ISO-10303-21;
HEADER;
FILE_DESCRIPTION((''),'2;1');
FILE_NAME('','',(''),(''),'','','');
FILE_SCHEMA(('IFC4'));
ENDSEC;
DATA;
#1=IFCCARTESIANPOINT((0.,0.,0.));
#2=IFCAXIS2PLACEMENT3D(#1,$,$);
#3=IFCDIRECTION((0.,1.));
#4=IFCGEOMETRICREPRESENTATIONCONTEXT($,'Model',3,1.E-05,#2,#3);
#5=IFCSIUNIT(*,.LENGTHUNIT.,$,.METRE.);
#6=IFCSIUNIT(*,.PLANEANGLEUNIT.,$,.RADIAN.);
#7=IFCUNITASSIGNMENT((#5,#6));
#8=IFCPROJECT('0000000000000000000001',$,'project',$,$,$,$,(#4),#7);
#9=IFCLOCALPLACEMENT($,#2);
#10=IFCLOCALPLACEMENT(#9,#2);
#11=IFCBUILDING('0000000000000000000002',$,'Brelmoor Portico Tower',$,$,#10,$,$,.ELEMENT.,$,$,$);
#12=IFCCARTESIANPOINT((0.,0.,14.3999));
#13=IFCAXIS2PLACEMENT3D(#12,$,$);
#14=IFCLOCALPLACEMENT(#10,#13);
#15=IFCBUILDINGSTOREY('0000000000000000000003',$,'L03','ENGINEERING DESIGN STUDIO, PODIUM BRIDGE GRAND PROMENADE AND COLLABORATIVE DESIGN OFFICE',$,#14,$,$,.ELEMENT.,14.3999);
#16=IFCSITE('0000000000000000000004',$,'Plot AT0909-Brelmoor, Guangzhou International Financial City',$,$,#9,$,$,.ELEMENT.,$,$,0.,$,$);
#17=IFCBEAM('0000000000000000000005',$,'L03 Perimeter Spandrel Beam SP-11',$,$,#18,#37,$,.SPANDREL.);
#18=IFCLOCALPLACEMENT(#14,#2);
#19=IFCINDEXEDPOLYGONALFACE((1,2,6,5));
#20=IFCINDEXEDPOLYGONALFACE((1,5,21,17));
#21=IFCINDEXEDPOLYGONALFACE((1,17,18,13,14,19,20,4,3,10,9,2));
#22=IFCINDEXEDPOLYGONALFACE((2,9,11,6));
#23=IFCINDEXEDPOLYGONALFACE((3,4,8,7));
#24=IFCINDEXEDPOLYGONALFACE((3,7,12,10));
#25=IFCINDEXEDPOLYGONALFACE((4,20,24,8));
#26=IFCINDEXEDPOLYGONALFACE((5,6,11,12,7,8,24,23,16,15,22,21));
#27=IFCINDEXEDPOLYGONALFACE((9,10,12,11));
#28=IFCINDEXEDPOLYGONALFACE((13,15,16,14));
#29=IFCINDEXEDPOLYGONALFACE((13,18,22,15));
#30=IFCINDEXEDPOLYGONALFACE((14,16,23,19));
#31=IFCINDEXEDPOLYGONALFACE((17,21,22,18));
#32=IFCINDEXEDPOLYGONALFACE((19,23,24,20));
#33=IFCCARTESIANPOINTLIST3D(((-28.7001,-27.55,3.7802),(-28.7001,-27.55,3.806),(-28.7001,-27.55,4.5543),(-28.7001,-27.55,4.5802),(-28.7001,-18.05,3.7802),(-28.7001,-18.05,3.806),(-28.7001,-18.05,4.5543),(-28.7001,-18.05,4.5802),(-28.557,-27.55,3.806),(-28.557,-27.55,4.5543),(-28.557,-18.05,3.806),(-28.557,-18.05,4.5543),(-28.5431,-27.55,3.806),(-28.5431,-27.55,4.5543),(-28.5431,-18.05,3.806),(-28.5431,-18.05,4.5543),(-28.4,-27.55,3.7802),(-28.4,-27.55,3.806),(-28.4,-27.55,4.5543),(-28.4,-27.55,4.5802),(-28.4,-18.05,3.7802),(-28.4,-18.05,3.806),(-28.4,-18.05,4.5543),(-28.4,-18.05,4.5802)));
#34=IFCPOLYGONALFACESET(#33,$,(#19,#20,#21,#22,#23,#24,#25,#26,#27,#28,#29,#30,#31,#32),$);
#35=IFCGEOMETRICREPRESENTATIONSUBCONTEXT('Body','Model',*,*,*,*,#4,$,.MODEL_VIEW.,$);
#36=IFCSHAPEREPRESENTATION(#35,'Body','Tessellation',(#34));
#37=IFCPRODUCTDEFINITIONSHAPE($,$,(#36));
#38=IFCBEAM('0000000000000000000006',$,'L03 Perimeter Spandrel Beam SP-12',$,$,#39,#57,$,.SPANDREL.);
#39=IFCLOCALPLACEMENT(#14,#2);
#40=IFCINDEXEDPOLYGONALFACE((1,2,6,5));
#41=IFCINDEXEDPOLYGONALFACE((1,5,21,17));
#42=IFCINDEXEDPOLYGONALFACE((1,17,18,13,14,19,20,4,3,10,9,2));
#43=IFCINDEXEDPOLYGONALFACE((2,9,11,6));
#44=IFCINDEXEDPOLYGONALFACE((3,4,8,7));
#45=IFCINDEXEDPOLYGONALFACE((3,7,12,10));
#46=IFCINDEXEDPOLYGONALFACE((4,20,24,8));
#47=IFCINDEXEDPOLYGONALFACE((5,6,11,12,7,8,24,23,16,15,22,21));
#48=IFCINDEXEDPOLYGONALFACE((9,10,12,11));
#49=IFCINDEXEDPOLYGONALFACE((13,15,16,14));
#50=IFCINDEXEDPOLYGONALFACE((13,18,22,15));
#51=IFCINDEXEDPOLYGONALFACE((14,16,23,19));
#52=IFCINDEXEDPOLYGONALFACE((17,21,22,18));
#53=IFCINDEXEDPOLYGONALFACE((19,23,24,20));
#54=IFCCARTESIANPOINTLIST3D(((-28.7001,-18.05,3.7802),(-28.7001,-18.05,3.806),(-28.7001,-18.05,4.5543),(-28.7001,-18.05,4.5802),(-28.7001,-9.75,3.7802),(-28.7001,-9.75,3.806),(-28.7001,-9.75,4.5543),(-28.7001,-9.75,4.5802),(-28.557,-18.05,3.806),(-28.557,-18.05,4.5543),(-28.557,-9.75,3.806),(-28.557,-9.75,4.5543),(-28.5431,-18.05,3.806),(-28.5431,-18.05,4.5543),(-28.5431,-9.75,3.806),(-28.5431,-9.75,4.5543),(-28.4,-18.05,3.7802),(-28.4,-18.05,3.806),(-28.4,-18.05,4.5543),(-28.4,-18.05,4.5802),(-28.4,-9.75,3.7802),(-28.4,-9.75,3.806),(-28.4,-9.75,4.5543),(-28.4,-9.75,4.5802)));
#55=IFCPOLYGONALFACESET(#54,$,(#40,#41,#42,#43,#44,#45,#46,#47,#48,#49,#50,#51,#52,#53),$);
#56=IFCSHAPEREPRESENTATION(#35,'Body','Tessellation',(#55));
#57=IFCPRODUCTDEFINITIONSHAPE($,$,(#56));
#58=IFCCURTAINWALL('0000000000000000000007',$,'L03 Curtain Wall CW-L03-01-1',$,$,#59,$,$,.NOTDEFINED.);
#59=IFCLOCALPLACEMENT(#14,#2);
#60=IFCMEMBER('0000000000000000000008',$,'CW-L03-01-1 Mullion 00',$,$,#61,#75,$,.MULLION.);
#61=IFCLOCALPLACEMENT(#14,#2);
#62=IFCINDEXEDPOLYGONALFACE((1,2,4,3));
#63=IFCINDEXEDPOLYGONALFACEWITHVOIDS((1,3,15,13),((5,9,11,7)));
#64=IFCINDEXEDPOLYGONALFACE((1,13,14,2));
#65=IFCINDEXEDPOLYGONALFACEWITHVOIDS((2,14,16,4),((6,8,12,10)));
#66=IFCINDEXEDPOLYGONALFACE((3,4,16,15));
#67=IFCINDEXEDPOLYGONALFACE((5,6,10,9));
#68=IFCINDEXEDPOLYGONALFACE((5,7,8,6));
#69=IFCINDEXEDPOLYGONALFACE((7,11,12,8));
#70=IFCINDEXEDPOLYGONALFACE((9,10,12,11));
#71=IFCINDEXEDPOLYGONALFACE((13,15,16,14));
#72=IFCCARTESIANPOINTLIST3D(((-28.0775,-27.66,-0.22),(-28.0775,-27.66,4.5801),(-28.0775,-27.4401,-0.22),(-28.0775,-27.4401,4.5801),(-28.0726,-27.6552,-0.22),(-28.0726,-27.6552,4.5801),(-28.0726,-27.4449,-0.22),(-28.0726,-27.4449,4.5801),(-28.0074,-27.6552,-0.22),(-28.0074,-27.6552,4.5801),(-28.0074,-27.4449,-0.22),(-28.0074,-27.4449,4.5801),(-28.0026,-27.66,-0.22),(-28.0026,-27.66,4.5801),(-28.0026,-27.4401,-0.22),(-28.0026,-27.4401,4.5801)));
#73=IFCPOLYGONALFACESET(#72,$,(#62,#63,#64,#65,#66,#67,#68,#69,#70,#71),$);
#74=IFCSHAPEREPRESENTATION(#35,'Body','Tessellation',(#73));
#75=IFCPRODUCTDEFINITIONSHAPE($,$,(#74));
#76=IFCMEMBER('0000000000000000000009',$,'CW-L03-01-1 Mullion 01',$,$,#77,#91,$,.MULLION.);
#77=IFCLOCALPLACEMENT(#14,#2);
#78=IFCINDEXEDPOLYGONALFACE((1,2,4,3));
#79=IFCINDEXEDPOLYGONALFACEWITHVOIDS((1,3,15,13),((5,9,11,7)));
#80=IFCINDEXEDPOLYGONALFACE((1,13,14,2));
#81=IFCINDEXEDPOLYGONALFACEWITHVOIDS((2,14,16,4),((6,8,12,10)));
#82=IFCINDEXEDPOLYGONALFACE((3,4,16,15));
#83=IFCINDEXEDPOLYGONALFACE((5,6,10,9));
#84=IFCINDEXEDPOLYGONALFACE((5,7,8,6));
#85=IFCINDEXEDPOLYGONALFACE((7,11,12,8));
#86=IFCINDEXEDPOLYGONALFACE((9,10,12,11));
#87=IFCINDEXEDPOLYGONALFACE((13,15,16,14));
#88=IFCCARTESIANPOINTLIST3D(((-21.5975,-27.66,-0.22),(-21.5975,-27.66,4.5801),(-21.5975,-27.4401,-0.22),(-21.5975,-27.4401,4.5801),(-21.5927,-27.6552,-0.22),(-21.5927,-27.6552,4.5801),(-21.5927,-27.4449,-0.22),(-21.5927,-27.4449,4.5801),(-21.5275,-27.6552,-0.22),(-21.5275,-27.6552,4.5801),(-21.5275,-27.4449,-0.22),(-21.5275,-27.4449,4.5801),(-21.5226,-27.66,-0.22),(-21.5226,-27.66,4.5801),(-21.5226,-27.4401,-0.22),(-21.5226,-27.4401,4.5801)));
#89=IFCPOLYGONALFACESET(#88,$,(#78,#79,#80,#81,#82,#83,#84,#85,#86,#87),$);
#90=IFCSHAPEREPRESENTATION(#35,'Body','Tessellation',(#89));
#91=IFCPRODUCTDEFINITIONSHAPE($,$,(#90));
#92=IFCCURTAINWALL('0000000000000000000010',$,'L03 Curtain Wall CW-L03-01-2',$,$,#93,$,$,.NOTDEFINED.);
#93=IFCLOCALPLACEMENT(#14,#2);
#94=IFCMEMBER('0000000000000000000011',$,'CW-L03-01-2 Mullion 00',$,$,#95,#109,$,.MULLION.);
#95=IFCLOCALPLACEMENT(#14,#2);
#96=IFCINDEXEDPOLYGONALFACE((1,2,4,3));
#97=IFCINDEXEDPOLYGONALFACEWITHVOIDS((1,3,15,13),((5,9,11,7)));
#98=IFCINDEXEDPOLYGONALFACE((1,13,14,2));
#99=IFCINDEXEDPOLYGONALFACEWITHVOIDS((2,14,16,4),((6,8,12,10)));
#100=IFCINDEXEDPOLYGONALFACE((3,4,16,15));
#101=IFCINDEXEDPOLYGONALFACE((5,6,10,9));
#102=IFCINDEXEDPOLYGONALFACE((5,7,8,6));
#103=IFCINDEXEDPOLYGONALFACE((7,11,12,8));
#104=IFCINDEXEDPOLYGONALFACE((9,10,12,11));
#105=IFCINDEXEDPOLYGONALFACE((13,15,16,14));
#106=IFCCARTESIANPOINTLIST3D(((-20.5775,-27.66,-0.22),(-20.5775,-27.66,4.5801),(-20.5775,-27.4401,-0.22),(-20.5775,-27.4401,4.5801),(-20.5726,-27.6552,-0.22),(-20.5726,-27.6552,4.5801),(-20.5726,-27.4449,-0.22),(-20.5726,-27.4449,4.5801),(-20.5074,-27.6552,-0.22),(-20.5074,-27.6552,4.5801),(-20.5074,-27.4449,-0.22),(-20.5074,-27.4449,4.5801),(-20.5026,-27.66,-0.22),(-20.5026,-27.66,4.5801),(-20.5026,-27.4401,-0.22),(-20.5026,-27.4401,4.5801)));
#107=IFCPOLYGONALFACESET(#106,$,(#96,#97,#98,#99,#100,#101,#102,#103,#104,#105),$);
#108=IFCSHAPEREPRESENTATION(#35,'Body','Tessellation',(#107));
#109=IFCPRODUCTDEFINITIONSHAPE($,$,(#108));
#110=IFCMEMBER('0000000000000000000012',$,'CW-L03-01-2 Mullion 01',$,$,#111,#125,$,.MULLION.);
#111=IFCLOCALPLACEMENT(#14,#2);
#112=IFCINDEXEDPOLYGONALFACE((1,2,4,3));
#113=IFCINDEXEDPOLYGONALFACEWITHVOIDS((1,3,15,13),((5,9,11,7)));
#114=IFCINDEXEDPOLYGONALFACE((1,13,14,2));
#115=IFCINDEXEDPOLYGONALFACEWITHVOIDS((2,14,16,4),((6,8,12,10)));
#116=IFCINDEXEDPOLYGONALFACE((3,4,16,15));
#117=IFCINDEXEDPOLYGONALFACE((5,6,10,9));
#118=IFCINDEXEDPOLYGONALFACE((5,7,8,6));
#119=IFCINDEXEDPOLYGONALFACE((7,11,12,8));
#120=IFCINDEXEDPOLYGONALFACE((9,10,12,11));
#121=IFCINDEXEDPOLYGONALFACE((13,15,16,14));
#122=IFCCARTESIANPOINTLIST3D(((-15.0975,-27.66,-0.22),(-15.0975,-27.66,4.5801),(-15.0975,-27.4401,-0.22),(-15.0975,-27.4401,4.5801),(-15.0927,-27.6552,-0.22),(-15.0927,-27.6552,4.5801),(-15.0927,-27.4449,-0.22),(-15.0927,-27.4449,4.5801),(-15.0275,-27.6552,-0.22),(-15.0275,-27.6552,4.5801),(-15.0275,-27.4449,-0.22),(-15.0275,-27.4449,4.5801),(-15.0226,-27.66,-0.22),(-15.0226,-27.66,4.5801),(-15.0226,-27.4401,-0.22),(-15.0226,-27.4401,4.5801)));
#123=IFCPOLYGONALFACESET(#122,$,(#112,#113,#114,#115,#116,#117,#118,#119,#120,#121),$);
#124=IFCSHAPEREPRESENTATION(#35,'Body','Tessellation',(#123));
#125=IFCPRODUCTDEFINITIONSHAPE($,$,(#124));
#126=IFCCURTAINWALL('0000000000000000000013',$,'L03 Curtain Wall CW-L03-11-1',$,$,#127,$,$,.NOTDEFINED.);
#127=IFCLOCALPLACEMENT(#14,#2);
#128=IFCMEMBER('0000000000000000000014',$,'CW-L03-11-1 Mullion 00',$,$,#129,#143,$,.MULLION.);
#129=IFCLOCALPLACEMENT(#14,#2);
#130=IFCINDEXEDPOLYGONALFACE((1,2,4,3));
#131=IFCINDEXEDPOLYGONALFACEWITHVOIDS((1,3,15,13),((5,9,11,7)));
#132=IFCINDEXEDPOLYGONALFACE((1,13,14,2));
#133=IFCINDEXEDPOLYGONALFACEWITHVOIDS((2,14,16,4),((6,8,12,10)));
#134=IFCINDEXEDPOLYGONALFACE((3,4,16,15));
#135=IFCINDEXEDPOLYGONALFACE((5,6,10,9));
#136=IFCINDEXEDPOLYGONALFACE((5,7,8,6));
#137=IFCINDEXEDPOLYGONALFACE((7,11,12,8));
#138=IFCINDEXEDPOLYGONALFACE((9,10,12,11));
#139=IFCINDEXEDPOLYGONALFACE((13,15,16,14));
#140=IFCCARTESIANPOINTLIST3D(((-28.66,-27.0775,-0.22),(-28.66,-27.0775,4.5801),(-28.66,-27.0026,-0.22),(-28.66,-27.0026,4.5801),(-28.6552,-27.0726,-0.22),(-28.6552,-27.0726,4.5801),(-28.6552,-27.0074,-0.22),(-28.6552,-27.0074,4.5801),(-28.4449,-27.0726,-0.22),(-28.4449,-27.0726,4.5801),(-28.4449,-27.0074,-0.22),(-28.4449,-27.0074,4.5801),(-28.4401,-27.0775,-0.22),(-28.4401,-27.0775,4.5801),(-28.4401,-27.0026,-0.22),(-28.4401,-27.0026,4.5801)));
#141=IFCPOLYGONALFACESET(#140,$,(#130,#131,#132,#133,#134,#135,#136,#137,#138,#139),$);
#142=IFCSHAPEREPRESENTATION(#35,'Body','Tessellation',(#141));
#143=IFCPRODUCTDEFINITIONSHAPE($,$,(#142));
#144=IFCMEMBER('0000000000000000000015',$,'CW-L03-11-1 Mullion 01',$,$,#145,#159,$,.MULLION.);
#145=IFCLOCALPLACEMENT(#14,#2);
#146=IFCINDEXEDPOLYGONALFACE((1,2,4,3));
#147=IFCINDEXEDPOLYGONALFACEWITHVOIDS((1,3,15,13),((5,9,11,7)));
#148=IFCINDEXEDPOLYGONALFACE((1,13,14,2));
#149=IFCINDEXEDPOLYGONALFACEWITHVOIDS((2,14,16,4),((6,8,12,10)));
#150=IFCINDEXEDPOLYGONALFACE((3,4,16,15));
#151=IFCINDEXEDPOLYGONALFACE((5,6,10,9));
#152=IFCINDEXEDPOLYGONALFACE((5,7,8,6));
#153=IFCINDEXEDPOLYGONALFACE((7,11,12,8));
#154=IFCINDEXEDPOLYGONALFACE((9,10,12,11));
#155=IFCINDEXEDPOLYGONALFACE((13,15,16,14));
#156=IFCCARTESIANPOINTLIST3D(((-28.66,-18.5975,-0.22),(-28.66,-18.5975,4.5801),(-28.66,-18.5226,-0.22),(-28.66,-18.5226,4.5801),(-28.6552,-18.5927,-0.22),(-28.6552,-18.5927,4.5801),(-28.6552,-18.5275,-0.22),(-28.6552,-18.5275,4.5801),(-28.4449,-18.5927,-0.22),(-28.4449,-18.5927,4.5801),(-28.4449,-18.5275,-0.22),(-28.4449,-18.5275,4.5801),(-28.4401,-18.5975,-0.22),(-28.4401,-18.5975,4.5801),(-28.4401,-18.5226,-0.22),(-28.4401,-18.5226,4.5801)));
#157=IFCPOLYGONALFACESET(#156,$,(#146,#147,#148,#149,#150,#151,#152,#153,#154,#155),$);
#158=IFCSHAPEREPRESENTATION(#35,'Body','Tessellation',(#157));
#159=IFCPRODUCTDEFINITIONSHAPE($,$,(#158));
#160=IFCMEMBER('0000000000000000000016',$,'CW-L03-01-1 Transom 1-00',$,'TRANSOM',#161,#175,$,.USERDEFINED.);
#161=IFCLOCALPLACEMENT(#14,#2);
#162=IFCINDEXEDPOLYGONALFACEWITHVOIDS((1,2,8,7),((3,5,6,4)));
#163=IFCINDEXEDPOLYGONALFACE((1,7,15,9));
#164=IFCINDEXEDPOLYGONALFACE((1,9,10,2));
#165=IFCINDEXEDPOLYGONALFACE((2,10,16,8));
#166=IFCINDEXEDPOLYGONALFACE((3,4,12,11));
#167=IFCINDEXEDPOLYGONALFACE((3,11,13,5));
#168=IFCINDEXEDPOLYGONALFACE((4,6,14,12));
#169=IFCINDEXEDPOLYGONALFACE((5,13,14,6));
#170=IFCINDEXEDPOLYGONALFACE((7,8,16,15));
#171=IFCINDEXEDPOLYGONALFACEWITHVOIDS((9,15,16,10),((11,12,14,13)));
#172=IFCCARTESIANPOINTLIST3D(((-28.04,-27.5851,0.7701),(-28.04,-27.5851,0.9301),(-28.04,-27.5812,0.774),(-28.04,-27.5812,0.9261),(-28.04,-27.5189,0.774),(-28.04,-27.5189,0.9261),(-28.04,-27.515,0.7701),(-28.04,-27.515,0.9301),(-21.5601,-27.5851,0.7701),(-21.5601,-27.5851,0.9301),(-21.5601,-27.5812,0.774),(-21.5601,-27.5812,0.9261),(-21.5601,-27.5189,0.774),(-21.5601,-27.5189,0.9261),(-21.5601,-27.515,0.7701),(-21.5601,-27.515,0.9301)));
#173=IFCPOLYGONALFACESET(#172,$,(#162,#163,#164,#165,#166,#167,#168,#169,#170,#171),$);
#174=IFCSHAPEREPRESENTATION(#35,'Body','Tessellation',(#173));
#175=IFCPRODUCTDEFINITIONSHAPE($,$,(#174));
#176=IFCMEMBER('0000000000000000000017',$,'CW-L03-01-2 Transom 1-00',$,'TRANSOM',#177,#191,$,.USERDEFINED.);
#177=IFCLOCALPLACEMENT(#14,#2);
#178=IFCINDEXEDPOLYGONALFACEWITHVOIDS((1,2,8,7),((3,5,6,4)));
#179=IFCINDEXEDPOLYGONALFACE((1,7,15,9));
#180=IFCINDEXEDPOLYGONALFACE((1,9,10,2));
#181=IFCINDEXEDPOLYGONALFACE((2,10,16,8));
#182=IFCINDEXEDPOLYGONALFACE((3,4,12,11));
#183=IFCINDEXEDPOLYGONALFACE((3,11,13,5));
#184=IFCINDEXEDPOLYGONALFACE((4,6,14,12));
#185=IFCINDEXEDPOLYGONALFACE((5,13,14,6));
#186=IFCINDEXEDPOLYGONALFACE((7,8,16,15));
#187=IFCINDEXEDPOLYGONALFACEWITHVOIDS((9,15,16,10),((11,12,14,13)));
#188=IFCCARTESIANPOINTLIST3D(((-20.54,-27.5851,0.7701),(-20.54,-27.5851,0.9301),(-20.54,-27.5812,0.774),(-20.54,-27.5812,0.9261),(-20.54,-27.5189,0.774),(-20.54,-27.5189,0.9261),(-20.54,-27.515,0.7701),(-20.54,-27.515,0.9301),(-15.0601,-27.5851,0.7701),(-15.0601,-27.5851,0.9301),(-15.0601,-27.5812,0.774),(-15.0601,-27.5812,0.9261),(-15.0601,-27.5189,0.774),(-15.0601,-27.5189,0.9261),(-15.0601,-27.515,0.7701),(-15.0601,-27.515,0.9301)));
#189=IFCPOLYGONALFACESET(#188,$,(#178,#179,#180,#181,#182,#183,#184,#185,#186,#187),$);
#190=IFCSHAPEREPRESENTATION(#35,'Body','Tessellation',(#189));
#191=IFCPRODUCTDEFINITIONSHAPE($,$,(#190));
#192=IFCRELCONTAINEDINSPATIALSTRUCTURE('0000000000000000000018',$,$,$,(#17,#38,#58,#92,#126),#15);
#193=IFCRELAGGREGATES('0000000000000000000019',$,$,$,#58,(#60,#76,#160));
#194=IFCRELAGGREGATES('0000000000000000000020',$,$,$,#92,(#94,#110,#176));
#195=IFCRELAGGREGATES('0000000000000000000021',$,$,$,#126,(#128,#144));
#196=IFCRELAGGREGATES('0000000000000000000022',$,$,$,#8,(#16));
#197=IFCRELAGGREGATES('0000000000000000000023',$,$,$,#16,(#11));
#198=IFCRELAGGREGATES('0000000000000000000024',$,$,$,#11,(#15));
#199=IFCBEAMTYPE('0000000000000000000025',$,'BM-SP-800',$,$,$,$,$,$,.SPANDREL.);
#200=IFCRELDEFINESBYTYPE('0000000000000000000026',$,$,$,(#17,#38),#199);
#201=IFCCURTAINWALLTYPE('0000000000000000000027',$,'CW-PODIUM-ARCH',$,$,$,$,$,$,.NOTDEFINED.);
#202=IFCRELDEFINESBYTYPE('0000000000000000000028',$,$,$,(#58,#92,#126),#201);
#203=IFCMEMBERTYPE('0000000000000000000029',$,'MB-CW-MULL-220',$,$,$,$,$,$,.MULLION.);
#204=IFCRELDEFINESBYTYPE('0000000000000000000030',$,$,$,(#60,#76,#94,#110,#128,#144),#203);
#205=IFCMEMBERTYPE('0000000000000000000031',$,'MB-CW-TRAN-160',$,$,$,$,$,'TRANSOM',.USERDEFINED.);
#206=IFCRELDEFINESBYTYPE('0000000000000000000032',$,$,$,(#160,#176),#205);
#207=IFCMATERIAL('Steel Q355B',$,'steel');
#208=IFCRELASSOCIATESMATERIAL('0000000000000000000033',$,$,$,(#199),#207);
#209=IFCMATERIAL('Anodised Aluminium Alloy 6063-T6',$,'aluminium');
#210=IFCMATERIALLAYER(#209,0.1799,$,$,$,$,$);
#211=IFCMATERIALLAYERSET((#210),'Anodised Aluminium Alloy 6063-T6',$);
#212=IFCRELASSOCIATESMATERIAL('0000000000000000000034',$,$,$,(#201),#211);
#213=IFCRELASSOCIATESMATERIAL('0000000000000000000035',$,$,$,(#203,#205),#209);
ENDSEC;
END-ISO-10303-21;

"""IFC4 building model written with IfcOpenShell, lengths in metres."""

from ifc_helpers import new_model, si_unit, direction, frame, origin, origin_2d, place, context, subcontext, project, spatial, hollow_rectangle, i_section, extrude, material, layer, layer_set, material_profile, profile_set, type_object, element, aggregate, save


model = new_model("IFC4")

# Units and contexts
model_context = context("Model", 3, precision=1e-05, world=origin(), true_north=direction((0.0, 1.0)))
body_context = subcontext(model_context, "Body", "Model", "MODEL_VIEW")
ifc_project = project(units=[si_unit("LENGTHUNIT", "METRE"), si_unit("PLANEANGLEUNIT", "RADIAN")], contexts=[model_context])

# Site, building, storey
site_placement = place(None, origin())
site = spatial("IfcSite", under=ifc_project, at=site_placement, Name="Plot AT0909-Brelmoor, Guangzhou International Financial City", CompositionType="ELEMENT", RefElevation=0.0)
building_placement = place(site_placement, origin())
building = spatial("IfcBuilding", under=site, at=building_placement, Name="Brelmoor Portico Tower", CompositionType="ELEMENT")
storey_placement = place(building_placement, frame((0.0, 0.0, 14.3999)))
storey = spatial("IfcBuildingStorey", under=building, at=storey_placement, Name="L03", Description="ENGINEERING DESIGN STUDIO, PODIUM BRIDGE GRAND PROMENADE AND COLLABORATIVE DESIGN OFFICE", CompositionType="ELEMENT", Elevation=14.3999)

# Shared definitions
ifc_material_1 = material(Name="Steel Q355B", Category="steel")

# Beams
ifc_material_profile_1 = material_profile(ifc_material_1, i_section(OverallWidth=0.3, OverallDepth=0.8, WebThickness=0.0139, FlangeThickness=0.0259, at=origin_2d()), Name="HN 800x300x14x26")
ifc_profile_set_1 = profile_set([ifc_material_profile_1], Name="Steel Q355B")
beam_type_1 = type_object("IfcBeamType", Name="BM-SP-800", PredefinedType="SPANDREL", material=ifc_profile_set_1)
beam_1_placement = place(storey_placement, frame((-28.55, -27.55, 4.1802), z_axis=(0.0, 1.0, 0.0), x_axis=(-1.0, 0.0, 0.0)))
element("IfcBeam", 1, at=beam_1_placement, inside=storey, type_object=beam_type_1, Name="L03 Perimeter Spandrel Beam SP-11", PredefinedType="SPANDREL", context=body_context, shape_type="SweptSolid", body=[
    extrude(i_section(OverallWidth=0.3, OverallDepth=0.8, WebThickness=0.0139, FlangeThickness=0.0259, at=origin_2d()), origin(), (0.0, 0.0, 1.0), 9.5),
])
beam_2_placement = place(storey_placement, frame((-28.55, -18.05, 4.1802), z_axis=(0.0, 1.0, 0.0), x_axis=(-1.0, 0.0, 0.0)))
element("IfcBeam", 2, at=beam_2_placement, inside=storey, type_object=beam_type_1, Name="L03 Perimeter Spandrel Beam SP-12", PredefinedType="SPANDREL", context=body_context, shape_type="SweptSolid", body=[
    extrude(i_section(OverallWidth=0.3, OverallDepth=0.8, WebThickness=0.0139, FlangeThickness=0.0259, at=origin_2d()), origin(), (0.0, 0.0, 1.0), 8.3),
])

# Curtain walls, members
ifc_material_2 = material(Name="Anodised Aluminium Alloy 6063-T6", Category="aluminium")
ifc_layer_1 = layer(ifc_material_2, 0.1799)
ifc_layer_set_1 = layer_set([ifc_layer_1], Name="Anodised Aluminium Alloy 6063-T6")
curtain_wall_type = type_object("IfcCurtainWallType", Name="CW-PODIUM-ARCH", PredefinedType="NOTDEFINED", material=ifc_layer_set_1)
curtain_wall_1_placement = place(storey_placement, origin())
curtain_wall_1 = element("IfcCurtainWall", 3, at=curtain_wall_1_placement, inside=storey, type_object=curtain_wall_type, Name="L03 Curtain Wall CW-L03-01-1", PredefinedType="NOTDEFINED")
ifc_material_profile_2 = material_profile(ifc_material_2, hollow_rectangle(XDim=0.075, YDim=0.22, WallThickness=0.0049, at=origin_2d()), Name="ALU MULLION 75x220")
ifc_profile_set_2 = profile_set([ifc_material_profile_2], Name="Anodised Aluminium Alloy 6063-T6")
member_type_1 = type_object("IfcMemberType", Name="MB-CW-MULL-220", PredefinedType="MULLION", material=ifc_profile_set_2)
member_1_placement = place(storey_placement, frame((-28.04, -27.55, -0.22), z_axis=(0.0, 0.0, 1.0), x_axis=(1.0, 0.0, 0.0)))
member_1 = element("IfcMember", 4, at=member_1_placement, type_object=member_type_1, Name="CW-L03-01-1 Mullion 00", PredefinedType="MULLION", context=body_context, shape_type="SweptSolid", body=[
    extrude(hollow_rectangle(XDim=0.075, YDim=0.22, WallThickness=0.0049, at=origin_2d()), origin(), (0.0, 0.0, 1.0), 4.8),
])
member_2_placement = place(storey_placement, frame((-21.5601, -27.55, -0.22), z_axis=(0.0, 0.0, 1.0), x_axis=(1.0, 0.0, 0.0)))
member_2 = element("IfcMember", 5, at=member_2_placement, type_object=member_type_1, Name="CW-L03-01-1 Mullion 01", PredefinedType="MULLION", context=body_context, shape_type="SweptSolid", body=[
    extrude(hollow_rectangle(XDim=0.075, YDim=0.22, WallThickness=0.0049, at=origin_2d()), origin(), (0.0, 0.0, 1.0), 4.8),
])
curtain_wall_2_placement = place(storey_placement, origin())
curtain_wall_2 = element("IfcCurtainWall", 6, at=curtain_wall_2_placement, inside=storey, type_object=curtain_wall_type, Name="L03 Curtain Wall CW-L03-01-2", PredefinedType="NOTDEFINED")
member_3_placement = place(storey_placement, frame((-20.54, -27.55, -0.22), z_axis=(0.0, 0.0, 1.0), x_axis=(1.0, 0.0, 0.0)))
member_3 = element("IfcMember", 7, at=member_3_placement, type_object=member_type_1, Name="CW-L03-01-2 Mullion 00", PredefinedType="MULLION", context=body_context, shape_type="SweptSolid", body=[
    extrude(hollow_rectangle(XDim=0.075, YDim=0.22, WallThickness=0.0049, at=origin_2d()), origin(), (0.0, 0.0, 1.0), 4.8),
])
member_4_placement = place(storey_placement, frame((-15.0601, -27.55, -0.22), z_axis=(0.0, 0.0, 1.0), x_axis=(1.0, 0.0, 0.0)))
member_4 = element("IfcMember", 8, at=member_4_placement, type_object=member_type_1, Name="CW-L03-01-2 Mullion 01", PredefinedType="MULLION", context=body_context, shape_type="SweptSolid", body=[
    extrude(hollow_rectangle(XDim=0.075, YDim=0.22, WallThickness=0.0049, at=origin_2d()), origin(), (0.0, 0.0, 1.0), 4.8),
])
curtain_wall_3_placement = place(storey_placement, origin())
curtain_wall_3 = element("IfcCurtainWall", 9, at=curtain_wall_3_placement, inside=storey, type_object=curtain_wall_type, Name="L03 Curtain Wall CW-L03-11-1", PredefinedType="NOTDEFINED")
member_5_placement = place(storey_placement, frame((-28.55, -27.04, -0.22), z_axis=(0.0, 0.0, 1.0), x_axis=(0.0, 1.0, 0.0)))
member_5 = element("IfcMember", 10, at=member_5_placement, type_object=member_type_1, Name="CW-L03-11-1 Mullion 00", PredefinedType="MULLION", context=body_context, shape_type="SweptSolid", body=[
    extrude(hollow_rectangle(XDim=0.075, YDim=0.22, WallThickness=0.0049, at=origin_2d()), origin(), (0.0, 0.0, 1.0), 4.8),
])
member_6_placement = place(storey_placement, frame((-28.55, -18.5601, -0.22), z_axis=(0.0, 0.0, 1.0), x_axis=(0.0, 1.0, 0.0)))
member_6 = element("IfcMember", 11, at=member_6_placement, type_object=member_type_1, Name="CW-L03-11-1 Mullion 01", PredefinedType="MULLION", context=body_context, shape_type="SweptSolid", body=[
    extrude(hollow_rectangle(XDim=0.075, YDim=0.22, WallThickness=0.0049, at=origin_2d()), origin(), (0.0, 0.0, 1.0), 4.8),
])

# Members
ifc_material_profile_3 = material_profile(ifc_material_2, hollow_rectangle(XDim=0.0701, YDim=0.1599, WallThickness=0.0039, at=origin_2d()), Name="ALU TRANSOM 70x160")
ifc_profile_set_3 = profile_set([ifc_material_profile_3], Name="Anodised Aluminium Alloy 6063-T6")
member_type_2 = type_object("IfcMemberType", Name="MB-CW-TRAN-160", ElementType="TRANSOM", PredefinedType="USERDEFINED", material=ifc_profile_set_3)
member_7_placement = place(storey_placement, frame((-28.04, -27.55, 0.8501), z_axis=(1.0, 0.0, 0.0), x_axis=(0.0, 1.0, 0.0)))
member_7 = element("IfcMember", 12, at=member_7_placement, type_object=member_type_2, Name="CW-L03-01-1 Transom 1-00", ObjectType="TRANSOM", PredefinedType="USERDEFINED", context=body_context, shape_type="SweptSolid", body=[
    extrude(hollow_rectangle(XDim=0.0701, YDim=0.1599, WallThickness=0.0039, at=origin_2d()), origin(), (0.0, 0.0, 1.0), 6.48),
])
member_8_placement = place(storey_placement, frame((-20.54, -27.55, 0.8501), z_axis=(1.0, 0.0, 0.0), x_axis=(0.0, 1.0, 0.0)))
member_8 = element("IfcMember", 13, at=member_8_placement, type_object=member_type_2, Name="CW-L03-01-2 Transom 1-00", ObjectType="TRANSOM", PredefinedType="USERDEFINED", context=body_context, shape_type="SweptSolid", body=[
    extrude(hollow_rectangle(XDim=0.0701, YDim=0.1599, WallThickness=0.0039, at=origin_2d()), origin(), (0.0, 0.0, 1.0), 5.48),
])

aggregate(curtain_wall_1, [member_1, member_2, member_7])
aggregate(curtain_wall_2, [member_3, member_4, member_8])
aggregate(curtain_wall_3, [member_5, member_6])

save(model, "model.ifc")
